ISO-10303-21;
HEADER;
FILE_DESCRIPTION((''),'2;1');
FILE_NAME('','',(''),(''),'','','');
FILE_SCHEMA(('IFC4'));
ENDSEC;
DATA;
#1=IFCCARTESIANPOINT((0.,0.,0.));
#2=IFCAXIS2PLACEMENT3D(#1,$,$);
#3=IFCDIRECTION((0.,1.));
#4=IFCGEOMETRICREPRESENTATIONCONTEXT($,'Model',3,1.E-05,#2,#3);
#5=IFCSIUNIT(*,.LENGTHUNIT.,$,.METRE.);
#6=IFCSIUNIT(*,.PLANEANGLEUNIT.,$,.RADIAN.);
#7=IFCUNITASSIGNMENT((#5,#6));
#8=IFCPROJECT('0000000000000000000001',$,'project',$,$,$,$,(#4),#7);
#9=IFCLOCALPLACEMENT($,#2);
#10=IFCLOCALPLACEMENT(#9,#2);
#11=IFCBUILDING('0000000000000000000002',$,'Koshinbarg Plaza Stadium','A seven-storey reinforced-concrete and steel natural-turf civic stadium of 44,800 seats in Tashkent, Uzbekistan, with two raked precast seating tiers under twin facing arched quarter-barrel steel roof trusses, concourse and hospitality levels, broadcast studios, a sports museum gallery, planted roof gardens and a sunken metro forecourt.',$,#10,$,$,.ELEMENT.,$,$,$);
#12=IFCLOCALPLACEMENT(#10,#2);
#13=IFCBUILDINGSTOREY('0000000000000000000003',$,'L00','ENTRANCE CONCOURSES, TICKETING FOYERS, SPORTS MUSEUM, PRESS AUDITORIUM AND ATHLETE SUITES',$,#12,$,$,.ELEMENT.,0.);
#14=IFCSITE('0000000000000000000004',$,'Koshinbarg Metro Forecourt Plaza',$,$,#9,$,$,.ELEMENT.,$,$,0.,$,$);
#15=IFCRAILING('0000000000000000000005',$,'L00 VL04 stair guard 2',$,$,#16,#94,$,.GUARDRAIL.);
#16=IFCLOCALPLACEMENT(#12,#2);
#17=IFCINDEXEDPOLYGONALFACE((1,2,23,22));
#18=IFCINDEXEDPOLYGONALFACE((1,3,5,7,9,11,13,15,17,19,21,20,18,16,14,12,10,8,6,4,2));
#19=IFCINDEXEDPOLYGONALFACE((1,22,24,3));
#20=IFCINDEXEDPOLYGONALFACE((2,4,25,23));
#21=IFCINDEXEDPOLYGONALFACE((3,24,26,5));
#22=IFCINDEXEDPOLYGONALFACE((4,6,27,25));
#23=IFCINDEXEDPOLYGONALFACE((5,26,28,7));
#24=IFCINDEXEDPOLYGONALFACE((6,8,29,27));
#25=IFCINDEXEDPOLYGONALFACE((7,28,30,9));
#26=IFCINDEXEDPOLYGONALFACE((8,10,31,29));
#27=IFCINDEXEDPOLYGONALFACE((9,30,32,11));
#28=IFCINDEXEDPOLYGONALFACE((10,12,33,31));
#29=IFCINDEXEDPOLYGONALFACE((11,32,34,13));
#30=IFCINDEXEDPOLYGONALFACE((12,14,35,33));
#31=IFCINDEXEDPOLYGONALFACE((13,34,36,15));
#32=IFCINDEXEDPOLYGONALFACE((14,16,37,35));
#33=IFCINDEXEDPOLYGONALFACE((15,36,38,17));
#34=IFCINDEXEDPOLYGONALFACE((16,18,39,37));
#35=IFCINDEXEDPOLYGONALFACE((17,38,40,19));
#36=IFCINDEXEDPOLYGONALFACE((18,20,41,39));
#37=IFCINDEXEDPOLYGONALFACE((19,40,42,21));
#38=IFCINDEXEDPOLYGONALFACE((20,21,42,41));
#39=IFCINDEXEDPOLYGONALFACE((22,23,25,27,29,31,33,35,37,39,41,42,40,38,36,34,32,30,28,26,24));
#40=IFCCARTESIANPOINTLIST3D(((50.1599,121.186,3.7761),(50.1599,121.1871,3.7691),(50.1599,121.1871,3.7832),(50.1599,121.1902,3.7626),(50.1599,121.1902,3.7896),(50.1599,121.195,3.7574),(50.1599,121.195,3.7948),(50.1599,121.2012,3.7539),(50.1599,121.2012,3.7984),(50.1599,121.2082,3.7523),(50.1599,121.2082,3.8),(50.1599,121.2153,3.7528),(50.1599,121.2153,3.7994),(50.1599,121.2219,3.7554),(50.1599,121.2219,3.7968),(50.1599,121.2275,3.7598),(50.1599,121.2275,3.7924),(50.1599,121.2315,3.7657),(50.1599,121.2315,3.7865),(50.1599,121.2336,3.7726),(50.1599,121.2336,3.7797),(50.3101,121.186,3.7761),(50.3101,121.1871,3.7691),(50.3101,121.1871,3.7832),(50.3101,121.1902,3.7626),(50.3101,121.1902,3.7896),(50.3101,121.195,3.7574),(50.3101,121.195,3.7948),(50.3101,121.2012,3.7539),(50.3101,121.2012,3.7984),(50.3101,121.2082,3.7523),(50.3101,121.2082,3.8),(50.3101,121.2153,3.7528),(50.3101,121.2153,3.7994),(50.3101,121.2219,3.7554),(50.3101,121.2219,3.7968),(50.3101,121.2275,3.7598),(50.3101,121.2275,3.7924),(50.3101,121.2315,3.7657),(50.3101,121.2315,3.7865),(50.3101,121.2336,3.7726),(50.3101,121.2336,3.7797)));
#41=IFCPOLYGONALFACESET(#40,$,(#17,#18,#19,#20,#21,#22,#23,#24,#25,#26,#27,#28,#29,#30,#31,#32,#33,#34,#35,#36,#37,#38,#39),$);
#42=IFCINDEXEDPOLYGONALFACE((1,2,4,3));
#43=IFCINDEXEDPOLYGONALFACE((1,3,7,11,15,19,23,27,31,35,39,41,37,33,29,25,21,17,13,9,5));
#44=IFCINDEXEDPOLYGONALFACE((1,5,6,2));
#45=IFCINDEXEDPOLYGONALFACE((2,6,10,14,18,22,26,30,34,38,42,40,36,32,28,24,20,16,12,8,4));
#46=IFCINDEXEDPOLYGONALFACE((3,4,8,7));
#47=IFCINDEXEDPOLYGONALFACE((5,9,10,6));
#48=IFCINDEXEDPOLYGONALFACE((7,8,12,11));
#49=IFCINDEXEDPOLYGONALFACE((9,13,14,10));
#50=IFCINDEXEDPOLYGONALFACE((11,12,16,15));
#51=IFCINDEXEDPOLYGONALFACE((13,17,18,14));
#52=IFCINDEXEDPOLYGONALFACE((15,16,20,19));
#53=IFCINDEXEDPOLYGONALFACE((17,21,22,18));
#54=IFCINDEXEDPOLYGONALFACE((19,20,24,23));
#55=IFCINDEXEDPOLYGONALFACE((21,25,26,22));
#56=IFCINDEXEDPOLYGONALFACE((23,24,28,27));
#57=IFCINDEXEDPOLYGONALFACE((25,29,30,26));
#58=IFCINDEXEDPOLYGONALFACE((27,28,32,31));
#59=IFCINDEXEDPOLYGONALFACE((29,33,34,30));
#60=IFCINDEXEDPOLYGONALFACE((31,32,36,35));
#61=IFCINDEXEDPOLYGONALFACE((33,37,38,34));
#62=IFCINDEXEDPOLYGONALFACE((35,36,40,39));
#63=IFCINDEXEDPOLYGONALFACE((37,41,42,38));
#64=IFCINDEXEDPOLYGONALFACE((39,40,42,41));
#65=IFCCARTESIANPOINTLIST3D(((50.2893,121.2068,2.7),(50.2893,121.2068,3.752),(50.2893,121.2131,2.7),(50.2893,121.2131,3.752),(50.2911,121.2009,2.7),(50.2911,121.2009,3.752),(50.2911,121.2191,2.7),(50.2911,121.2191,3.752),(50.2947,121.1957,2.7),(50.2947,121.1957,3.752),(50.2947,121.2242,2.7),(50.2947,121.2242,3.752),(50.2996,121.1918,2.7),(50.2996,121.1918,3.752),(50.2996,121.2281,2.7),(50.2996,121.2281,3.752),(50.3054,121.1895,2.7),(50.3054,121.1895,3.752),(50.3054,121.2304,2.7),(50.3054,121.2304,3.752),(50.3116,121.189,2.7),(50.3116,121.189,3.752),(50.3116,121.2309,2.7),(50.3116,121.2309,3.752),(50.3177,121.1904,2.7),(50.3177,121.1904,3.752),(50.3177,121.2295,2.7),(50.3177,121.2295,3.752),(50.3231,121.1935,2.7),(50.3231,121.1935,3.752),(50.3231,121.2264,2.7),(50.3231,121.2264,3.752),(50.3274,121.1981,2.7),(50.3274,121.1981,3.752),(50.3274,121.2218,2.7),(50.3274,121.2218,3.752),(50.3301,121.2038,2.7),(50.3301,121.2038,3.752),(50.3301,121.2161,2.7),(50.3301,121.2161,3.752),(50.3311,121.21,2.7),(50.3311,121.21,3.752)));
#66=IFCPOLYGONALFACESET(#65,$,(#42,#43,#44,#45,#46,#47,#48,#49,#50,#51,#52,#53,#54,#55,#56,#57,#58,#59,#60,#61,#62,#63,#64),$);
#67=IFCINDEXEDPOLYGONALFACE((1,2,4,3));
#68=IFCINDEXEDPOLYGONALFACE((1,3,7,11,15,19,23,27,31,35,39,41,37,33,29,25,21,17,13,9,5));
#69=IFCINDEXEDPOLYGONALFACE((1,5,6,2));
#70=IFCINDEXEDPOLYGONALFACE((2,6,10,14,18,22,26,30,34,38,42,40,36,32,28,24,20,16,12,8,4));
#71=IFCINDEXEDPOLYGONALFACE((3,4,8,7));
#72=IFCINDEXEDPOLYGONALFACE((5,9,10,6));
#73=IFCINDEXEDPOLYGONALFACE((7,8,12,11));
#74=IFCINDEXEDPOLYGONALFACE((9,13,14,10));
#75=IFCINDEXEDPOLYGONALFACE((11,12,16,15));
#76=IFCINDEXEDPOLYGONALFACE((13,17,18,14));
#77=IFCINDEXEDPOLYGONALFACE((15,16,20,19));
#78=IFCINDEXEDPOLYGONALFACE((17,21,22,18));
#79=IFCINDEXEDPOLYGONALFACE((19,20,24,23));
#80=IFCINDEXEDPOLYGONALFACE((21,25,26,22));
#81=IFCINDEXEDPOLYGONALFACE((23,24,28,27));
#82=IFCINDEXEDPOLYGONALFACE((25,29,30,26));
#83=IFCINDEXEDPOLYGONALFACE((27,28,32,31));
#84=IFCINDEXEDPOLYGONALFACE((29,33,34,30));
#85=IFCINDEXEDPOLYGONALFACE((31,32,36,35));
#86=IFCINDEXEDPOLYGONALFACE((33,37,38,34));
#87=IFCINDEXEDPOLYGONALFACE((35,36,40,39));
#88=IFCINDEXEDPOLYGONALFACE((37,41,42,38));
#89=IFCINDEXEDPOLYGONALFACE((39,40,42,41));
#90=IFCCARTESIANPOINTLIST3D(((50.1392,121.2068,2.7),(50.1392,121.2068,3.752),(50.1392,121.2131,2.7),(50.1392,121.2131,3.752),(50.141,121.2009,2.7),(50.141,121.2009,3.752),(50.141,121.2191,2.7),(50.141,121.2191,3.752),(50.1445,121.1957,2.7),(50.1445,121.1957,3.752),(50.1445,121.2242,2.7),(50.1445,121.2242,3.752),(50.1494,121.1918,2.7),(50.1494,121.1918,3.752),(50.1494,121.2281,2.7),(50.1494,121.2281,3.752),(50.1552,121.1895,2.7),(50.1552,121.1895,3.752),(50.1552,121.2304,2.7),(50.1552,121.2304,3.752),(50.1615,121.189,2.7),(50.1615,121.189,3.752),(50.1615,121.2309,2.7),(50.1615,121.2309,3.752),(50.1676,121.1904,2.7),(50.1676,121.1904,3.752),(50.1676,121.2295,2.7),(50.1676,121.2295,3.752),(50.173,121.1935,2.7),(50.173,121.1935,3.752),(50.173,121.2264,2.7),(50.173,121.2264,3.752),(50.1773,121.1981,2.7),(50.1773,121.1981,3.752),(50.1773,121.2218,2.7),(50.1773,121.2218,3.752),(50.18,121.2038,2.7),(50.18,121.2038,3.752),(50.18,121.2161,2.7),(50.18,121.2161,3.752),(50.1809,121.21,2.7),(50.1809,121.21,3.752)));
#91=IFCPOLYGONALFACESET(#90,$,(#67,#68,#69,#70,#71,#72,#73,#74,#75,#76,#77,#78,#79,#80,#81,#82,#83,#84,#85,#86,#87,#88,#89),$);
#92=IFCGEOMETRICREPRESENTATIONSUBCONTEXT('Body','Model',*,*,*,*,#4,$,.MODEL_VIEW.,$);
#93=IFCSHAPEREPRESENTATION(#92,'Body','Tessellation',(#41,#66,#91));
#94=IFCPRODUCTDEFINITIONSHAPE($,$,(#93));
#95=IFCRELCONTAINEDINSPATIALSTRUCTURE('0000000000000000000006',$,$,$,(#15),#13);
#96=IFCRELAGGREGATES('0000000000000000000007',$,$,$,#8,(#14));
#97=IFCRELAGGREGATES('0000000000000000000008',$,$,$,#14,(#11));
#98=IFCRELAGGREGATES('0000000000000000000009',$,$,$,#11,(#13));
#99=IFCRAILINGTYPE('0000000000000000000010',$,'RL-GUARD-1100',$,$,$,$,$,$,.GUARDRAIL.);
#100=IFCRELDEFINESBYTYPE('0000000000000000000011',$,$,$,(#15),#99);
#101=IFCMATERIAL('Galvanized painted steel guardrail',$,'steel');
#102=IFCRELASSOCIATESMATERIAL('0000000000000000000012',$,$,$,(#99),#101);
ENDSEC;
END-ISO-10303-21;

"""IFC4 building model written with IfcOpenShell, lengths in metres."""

from ifc_helpers import new_model, si_unit, direction, frame, origin, origin_2d, place, context, subcontext, project, spatial, circle, extrude, material, type_object, element, save


model = new_model("IFC4")

# Units and contexts
model_context = context("Model", 3, precision=1e-05, world=origin(), true_north=direction((0.0, 1.0)))
body_context = subcontext(model_context, "Body", "Model", "MODEL_VIEW")
ifc_project = project(units=[si_unit("LENGTHUNIT", "METRE"), si_unit("PLANEANGLEUNIT", "RADIAN")], contexts=[model_context])

# Site, building, storey
site_placement = place(None, origin())
site = spatial("IfcSite", under=ifc_project, at=site_placement, Name="Koshinbarg Metro Forecourt Plaza", CompositionType="ELEMENT", RefElevation=0.0)
building_placement = place(site_placement, origin())
building = spatial("IfcBuilding", under=site, at=building_placement, Name="Koshinbarg Plaza Stadium", Description="A seven-storey reinforced-concrete and steel natural-turf civic stadium of 44,800 seats in Tashkent, Uzbekistan, with two raked precast seating tiers under twin facing arched quarter-barrel steel roof trusses, concourse and hospitality levels, broadcast studios, a sports museum gallery, planted roof gardens and a sunken metro forecourt.", CompositionType="ELEMENT")
storey_placement = place(building_placement, origin())
storey = spatial("IfcBuildingStorey", under=building, at=storey_placement, Name="L00", Description="ENTRANCE CONCOURSES, TICKETING FOYERS, SPORTS MUSEUM, PRESS AUDITORIUM AND ATHLETE SUITES", CompositionType="ELEMENT", Elevation=0.0)

# Railing
ifc_material_1 = material(Name="Galvanized painted steel guardrail", Category="steel")
railing_type_1 = type_object("IfcRailingType", Name="RL-GUARD-1100", PredefinedType="GUARDRAIL", material=ifc_material_1)
railing_1_placement = place(storey_placement, frame((50.3101, 121.21, 2.7)))
element("IfcRailing", 1, at=railing_1_placement, inside=storey, type_object=railing_type_1, Name="L00 VL04 stair guard 2", PredefinedType="GUARDRAIL", context=body_context, shape_type="SweptSolid", body=[
    extrude(circle(Radius=0.0239, at=origin_2d()), frame((0.0, 0.0, 1.0762), z_axis=(-1.0, 0.0, 0.0), x_axis=(0.0, -1.0, 0.0)), (0.0, 0.0, 1.0), 0.1501),
    extrude(circle(Radius=0.021, at=origin_2d()), origin(), (0.0, 0.0, 1.0), 1.052),
    extrude(circle(Radius=0.021, at=origin_2d()), frame((-0.1501, 0.0, 0.0)), (0.0, 0.0, 1.0), 1.052),
])

save(model, "model.ifc")
